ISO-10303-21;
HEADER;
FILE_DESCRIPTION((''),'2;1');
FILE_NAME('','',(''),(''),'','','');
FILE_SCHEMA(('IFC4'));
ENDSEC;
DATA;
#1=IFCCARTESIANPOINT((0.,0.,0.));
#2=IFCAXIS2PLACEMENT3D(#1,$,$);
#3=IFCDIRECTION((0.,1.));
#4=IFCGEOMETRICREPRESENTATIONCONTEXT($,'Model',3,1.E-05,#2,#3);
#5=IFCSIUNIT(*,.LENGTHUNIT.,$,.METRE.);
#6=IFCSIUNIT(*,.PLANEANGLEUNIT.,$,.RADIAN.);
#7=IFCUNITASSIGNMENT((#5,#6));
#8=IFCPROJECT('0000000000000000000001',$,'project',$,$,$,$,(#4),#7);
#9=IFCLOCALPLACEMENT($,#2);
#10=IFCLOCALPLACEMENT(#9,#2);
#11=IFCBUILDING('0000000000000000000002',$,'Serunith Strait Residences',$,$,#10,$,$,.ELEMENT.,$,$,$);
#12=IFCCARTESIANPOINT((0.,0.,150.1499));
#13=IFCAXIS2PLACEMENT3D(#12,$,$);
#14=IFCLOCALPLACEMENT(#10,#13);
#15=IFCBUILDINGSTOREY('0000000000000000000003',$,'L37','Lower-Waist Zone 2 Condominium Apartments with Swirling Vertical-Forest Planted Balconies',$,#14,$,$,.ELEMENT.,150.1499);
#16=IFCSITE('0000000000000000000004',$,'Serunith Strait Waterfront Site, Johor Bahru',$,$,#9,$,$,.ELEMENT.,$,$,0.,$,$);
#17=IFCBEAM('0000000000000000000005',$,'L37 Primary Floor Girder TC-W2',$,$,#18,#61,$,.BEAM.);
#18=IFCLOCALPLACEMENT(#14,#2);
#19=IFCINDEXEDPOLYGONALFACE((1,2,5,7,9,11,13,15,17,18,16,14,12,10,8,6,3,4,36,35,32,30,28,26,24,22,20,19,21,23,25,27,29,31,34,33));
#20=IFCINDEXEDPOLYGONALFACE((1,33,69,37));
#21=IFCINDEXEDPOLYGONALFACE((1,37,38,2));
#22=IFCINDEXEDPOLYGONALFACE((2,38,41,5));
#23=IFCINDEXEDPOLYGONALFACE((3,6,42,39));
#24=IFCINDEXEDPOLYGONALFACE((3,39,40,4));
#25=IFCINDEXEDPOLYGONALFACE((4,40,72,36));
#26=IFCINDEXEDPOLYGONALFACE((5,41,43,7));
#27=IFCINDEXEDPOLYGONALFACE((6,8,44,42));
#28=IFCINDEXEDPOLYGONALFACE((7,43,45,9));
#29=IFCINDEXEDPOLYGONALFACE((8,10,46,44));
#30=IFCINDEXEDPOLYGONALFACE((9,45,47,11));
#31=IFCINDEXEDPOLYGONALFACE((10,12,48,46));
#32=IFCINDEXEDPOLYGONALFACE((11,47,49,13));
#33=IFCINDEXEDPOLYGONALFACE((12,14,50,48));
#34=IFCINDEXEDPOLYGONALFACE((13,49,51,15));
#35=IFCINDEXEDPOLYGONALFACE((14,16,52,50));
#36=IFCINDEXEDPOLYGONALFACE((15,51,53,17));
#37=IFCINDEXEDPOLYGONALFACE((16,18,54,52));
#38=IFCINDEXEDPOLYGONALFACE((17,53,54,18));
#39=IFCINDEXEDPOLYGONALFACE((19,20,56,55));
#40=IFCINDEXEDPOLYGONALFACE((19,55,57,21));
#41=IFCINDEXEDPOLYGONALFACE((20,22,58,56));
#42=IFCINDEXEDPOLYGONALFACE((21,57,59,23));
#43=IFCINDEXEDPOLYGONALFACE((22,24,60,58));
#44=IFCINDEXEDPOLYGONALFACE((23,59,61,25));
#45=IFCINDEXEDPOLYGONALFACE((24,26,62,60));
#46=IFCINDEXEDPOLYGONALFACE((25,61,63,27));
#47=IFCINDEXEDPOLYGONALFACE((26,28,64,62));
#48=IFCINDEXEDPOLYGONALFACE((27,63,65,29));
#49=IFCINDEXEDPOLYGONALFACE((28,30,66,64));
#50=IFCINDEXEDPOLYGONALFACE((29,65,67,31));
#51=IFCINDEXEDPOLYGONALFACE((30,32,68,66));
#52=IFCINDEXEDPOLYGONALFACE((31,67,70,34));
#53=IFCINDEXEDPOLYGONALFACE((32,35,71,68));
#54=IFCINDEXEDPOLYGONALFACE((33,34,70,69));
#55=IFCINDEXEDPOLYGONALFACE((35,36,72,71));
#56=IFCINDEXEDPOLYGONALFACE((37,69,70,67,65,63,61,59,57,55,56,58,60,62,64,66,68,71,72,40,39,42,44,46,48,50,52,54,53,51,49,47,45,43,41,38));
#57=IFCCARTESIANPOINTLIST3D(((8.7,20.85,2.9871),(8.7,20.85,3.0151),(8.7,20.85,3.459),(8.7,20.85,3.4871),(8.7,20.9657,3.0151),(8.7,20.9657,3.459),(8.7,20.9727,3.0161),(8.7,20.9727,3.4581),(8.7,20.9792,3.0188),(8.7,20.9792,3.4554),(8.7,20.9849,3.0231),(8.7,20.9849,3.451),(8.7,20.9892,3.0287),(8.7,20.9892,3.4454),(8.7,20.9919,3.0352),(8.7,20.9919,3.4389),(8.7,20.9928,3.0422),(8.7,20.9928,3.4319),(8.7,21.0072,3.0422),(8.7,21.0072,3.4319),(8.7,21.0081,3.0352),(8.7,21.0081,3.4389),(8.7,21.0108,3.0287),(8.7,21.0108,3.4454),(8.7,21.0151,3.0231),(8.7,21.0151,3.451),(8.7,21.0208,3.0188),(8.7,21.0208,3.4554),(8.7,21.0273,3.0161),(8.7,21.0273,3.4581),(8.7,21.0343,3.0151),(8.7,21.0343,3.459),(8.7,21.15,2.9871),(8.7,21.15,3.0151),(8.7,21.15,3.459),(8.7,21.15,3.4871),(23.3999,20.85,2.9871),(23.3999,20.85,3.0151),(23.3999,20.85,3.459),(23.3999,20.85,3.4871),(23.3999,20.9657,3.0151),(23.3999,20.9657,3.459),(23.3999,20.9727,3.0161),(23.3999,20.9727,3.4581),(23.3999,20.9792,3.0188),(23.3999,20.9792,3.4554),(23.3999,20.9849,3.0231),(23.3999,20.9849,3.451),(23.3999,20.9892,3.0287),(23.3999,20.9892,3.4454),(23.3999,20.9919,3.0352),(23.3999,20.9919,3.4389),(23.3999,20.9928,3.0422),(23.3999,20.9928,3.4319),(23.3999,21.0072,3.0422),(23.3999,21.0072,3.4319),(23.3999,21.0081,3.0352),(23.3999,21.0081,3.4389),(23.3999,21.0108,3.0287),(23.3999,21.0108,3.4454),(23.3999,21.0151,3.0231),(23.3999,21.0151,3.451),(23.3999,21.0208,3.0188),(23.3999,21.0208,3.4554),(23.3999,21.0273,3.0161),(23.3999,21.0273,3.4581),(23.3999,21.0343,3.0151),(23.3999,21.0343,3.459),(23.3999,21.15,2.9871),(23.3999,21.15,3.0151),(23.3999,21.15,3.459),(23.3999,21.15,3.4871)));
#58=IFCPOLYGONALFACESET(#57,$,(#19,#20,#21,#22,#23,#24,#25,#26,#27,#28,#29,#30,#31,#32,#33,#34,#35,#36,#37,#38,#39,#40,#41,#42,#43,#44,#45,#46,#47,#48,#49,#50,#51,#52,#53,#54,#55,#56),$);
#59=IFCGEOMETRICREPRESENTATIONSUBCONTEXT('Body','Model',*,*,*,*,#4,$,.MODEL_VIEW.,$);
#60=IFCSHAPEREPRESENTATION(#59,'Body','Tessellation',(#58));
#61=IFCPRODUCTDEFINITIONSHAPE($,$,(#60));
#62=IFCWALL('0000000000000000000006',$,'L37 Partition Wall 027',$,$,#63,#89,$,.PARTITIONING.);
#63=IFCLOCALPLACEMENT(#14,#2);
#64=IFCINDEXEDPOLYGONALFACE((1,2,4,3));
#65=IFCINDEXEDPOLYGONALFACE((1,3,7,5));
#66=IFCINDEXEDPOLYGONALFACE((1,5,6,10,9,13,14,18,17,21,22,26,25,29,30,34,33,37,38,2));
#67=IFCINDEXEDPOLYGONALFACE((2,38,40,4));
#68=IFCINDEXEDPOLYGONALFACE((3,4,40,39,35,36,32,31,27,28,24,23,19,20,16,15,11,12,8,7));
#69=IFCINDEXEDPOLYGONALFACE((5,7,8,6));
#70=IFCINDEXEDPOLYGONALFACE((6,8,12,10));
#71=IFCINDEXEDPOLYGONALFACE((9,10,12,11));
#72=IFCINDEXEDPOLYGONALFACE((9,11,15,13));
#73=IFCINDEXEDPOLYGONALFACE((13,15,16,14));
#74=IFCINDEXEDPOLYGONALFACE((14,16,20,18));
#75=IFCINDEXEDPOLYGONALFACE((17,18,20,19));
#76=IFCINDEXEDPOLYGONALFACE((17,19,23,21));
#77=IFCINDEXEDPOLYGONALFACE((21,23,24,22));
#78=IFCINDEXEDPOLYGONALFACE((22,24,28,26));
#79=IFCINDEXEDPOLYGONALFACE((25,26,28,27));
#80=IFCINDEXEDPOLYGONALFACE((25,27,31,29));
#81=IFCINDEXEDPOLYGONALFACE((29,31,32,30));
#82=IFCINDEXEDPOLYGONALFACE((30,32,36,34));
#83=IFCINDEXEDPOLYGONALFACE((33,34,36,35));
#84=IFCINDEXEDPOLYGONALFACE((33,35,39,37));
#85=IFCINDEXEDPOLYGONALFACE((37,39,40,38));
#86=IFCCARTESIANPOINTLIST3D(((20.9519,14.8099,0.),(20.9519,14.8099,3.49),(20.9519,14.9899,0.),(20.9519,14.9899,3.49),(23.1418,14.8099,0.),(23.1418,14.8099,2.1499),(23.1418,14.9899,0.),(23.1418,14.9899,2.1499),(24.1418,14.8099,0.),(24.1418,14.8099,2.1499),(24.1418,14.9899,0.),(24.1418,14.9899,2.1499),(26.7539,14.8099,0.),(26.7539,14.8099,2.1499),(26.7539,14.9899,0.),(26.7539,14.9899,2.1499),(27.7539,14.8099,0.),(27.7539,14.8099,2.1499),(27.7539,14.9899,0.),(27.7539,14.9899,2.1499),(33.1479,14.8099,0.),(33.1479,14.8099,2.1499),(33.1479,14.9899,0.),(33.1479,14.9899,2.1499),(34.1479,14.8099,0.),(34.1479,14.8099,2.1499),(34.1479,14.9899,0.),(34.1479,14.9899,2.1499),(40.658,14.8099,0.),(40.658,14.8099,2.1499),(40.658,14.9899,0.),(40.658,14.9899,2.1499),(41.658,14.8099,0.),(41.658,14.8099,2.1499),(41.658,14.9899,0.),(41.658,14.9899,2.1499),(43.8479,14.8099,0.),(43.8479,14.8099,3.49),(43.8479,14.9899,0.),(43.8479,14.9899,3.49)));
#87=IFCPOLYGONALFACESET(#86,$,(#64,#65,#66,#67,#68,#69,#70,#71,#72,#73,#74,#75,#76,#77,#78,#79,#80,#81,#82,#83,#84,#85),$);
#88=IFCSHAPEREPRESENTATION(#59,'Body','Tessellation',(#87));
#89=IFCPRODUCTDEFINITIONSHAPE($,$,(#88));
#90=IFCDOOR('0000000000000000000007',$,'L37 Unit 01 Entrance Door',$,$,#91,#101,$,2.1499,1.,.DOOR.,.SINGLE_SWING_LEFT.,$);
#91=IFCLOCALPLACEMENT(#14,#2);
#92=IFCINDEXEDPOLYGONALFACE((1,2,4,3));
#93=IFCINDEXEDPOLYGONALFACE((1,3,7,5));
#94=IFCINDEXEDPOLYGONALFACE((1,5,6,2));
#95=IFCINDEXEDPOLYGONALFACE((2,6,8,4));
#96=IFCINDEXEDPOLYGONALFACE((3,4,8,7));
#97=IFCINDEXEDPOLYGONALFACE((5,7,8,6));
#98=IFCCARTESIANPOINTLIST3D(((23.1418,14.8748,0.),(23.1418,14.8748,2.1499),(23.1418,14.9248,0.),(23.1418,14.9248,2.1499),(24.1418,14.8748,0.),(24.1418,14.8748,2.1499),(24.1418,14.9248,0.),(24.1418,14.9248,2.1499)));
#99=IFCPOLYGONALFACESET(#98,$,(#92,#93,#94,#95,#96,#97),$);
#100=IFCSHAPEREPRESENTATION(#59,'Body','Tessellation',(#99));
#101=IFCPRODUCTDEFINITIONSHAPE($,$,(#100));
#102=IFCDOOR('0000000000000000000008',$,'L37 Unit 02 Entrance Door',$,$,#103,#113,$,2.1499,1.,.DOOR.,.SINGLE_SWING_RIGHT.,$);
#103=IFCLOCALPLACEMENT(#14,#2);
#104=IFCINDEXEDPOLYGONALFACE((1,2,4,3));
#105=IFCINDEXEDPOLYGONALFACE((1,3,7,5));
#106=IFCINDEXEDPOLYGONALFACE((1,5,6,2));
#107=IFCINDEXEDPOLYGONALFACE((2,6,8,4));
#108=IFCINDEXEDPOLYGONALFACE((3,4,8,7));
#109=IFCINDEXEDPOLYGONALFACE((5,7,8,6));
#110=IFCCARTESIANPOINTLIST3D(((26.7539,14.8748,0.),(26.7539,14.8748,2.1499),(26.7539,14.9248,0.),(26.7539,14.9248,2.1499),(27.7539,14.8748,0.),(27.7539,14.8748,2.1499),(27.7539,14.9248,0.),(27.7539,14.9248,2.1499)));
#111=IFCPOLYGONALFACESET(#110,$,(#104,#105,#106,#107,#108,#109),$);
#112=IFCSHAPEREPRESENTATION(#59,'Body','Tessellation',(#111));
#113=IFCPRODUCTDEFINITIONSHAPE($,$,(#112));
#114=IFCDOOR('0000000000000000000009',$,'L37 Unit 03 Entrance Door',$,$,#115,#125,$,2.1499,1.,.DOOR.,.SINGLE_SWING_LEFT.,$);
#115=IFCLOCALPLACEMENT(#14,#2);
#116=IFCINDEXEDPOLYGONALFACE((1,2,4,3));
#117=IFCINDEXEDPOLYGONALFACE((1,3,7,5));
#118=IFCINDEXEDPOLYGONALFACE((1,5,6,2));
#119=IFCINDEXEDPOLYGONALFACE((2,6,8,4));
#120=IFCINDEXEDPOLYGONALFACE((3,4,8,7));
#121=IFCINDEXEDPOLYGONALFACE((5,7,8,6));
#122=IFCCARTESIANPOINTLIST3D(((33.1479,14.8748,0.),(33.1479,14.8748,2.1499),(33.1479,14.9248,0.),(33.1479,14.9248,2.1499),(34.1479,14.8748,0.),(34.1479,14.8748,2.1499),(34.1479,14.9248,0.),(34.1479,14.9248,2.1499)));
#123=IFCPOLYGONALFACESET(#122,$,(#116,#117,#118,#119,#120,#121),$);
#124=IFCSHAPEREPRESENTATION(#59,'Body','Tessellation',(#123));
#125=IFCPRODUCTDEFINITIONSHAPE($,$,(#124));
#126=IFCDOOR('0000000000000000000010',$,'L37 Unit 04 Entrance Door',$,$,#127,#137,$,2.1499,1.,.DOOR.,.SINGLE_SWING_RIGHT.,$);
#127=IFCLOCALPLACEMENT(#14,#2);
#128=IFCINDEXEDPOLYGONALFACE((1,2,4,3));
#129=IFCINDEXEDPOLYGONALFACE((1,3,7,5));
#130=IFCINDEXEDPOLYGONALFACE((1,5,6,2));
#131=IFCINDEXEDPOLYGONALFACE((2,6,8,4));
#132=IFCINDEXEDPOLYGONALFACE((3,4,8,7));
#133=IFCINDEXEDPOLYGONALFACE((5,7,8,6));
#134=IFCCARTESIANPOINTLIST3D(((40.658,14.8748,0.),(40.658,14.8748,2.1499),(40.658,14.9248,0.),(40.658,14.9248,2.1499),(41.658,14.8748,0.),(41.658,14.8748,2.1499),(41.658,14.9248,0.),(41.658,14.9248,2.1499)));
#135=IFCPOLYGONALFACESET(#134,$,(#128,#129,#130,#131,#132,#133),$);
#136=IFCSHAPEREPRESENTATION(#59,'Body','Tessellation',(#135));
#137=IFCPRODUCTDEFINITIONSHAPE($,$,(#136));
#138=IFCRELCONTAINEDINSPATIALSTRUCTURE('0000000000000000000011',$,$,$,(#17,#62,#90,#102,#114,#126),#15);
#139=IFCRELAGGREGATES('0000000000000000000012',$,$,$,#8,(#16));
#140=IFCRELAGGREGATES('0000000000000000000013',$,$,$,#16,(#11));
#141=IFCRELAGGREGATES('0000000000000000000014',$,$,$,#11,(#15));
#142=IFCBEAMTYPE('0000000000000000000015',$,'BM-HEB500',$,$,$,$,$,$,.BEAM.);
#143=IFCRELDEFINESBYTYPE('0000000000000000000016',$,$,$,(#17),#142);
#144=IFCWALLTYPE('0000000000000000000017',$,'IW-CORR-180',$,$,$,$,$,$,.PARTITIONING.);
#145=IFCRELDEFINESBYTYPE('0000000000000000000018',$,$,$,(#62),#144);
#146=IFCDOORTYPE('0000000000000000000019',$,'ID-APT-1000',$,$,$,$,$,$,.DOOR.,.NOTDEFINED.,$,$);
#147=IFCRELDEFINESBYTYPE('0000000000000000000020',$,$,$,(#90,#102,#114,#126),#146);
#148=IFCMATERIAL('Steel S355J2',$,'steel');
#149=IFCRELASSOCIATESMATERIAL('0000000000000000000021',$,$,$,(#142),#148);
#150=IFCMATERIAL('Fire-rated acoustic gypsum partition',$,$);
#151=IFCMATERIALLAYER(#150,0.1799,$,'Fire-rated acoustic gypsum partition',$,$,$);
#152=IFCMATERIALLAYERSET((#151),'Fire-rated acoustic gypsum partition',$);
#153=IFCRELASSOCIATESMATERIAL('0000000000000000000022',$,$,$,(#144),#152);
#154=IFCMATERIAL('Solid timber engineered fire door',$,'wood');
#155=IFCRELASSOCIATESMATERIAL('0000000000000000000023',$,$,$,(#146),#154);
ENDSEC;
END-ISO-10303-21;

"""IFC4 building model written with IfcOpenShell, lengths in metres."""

from ifc_helpers import new_model, si_unit, direction, frame, frame_2d, origin, origin_2d, place, context, subcontext, project, spatial, rectangle, i_section, extrude, source, transform, mapped, material, layer, layer_set, material_profile, profile_set, type_object, element, fill, save


model = new_model("IFC4")

# Units and contexts
model_context = context("Model", 3, precision=1e-05, world=origin(), true_north=direction((0.0, 1.0)))
body_context = subcontext(model_context, "Body", "Model", "MODEL_VIEW")
ifc_project = project(units=[si_unit("LENGTHUNIT", "METRE"), si_unit("PLANEANGLEUNIT", "RADIAN")], contexts=[model_context])

# Site, building, storey
site_placement = place(None, origin())
site = spatial("IfcSite", under=ifc_project, at=site_placement, Name="Serunith Strait Waterfront Site, Johor Bahru", CompositionType="ELEMENT", RefElevation=0.0)
building_placement = place(site_placement, origin())
building = spatial("IfcBuilding", under=site, at=building_placement, Name="Serunith Strait Residences", CompositionType="ELEMENT")
storey_placement = place(building_placement, frame((0.0, 0.0, 150.1499)))
storey = spatial("IfcBuildingStorey", under=building, at=storey_placement, Name="L37", Description="Lower-Waist Zone 2 Condominium Apartments with Swirling Vertical-Forest Planted Balconies", CompositionType="ELEMENT", Elevation=150.1499)

# Beam
ifc_material_1 = material(Name="Steel S355J2", Category="steel")
ifc_material_profile = material_profile(ifc_material_1, i_section(OverallWidth=0.3, OverallDepth=0.5, WebThickness=0.0144, FlangeThickness=0.0281, FilletRadius=0.0271, at=origin_2d()), Name="HEB 500")
ifc_profile_set = profile_set([ifc_material_profile], Name="Steel S355J2")
beam_type = type_object("IfcBeamType", Name="BM-HEB500", PredefinedType="BEAM", material=ifc_profile_set)
shared_shape_1 = source(origin(), body_context, "Body", "SweptSolid", [
    extrude(i_section(OverallWidth=0.3, OverallDepth=0.5, WebThickness=0.0144, FlangeThickness=0.0281, FilletRadius=0.0271, at=origin_2d()), origin(), (0.0, 0.0, 1.0), 14.7),
])
beam_placement = place(storey_placement, frame((23.3999, 21.0, 3.2371), z_axis=(-1.0, 0.0, 0.0), x_axis=(0.0, -1.0, 0.0)))
element("IfcBeam", 1, at=beam_placement, inside=storey, type_object=beam_type, Name="L37 Primary Floor Girder TC-W2", PredefinedType="BEAM", context=body_context, shape_type="MappedRepresentation", body=[
    mapped(shared_shape_1, transform((0.0, 0.0, 0.0), scale=1.0)),
])

# Wall, openings, doors
ifc_material_2 = material(Name="Fire-rated acoustic gypsum partition")
ifc_layer_1 = layer(ifc_material_2, 0.1799, Name="Fire-rated acoustic gypsum partition")
ifc_layer_set_1 = layer_set([ifc_layer_1], Name="Fire-rated acoustic gypsum partition")
wall_type_1 = type_object("IfcWallType", Name="IW-CORR-180", PredefinedType="PARTITIONING", material=ifc_layer_set_1)
wall_1_placement = place(storey_placement, frame((20.9519, 14.8999, 0.0), z_axis=(0.0, 0.0, 1.0), x_axis=(1.0, 0.0, 0.0)))
wall_1 = element("IfcWall", 2, at=wall_1_placement, inside=storey, type_object=wall_type_1, Name="L37 Partition Wall 027", PredefinedType="PARTITIONING", context=body_context, shape_type="SweptSolid", body=[
    extrude(rectangle(XDim=22.896, YDim=0.1799, at=frame_2d((11.448, 0.0))), origin(), (0.0, 0.0, 1.0), 3.49),
])
opening_1_placement = place(wall_1_placement, frame((2.1899, 0.0, 0.0)))
opening_1 = element("IfcOpeningElement", 3, at=opening_1_placement, cuts=wall_1, PredefinedType="OPENING", context=body_context, shape_type="SweptSolid", body=[
    extrude(rectangle(XDim=1.0, YDim=2.1499, at=frame_2d((0.5, 1.075))), frame((0.0, 0.1001, 0.0), z_axis=(0.0, -1.0, 0.0), x_axis=(1.0, 0.0, 0.0)), (0.0, 0.0, 1.0), 0.2),
])
opening_2_placement = place(wall_1_placement, frame((5.802, 0.0, 0.0)))
opening_2 = element("IfcOpeningElement", 4, at=opening_2_placement, cuts=wall_1, PredefinedType="OPENING", context=body_context, shape_type="SweptSolid", body=[
    extrude(rectangle(XDim=1.0, YDim=2.1499, at=frame_2d((0.5, 1.075))), frame((0.0, 0.1001, 0.0), z_axis=(0.0, -1.0, 0.0), x_axis=(1.0, 0.0, 0.0)), (0.0, 0.0, 1.0), 0.2),
])
opening_3_placement = place(wall_1_placement, frame((12.196, 0.0, 0.0)))
opening_3 = element("IfcOpeningElement", 5, at=opening_3_placement, cuts=wall_1, PredefinedType="OPENING", context=body_context, shape_type="SweptSolid", body=[
    extrude(rectangle(XDim=1.0, YDim=2.1499, at=frame_2d((0.5, 1.075))), frame((0.0, 0.1001, 0.0), z_axis=(0.0, -1.0, 0.0), x_axis=(1.0, 0.0, 0.0)), (0.0, 0.0, 1.0), 0.2),
])
opening_4_placement = place(wall_1_placement, frame((19.7061, 0.0, 0.0)))
opening_4 = element("IfcOpeningElement", 6, at=opening_4_placement, cuts=wall_1, PredefinedType="OPENING", context=body_context, shape_type="SweptSolid", body=[
    extrude(rectangle(XDim=1.0, YDim=2.1499, at=frame_2d((0.5, 1.075))), frame((0.0, 0.1001, 0.0), z_axis=(0.0, -1.0, 0.0), x_axis=(1.0, 0.0, 0.0)), (0.0, 0.0, 1.0), 0.2),
])
ifc_material_3 = material(Name="Solid timber engineered fire door", Category="wood")
door_type_1 = type_object("IfcDoorType", Name="ID-APT-1000", OperationType="NOTDEFINED", PredefinedType="DOOR", material=ifc_material_3)
shared_shape_2 = source(origin(), body_context, "Body", "SweptSolid", [
    extrude(rectangle(XDim=1.0, YDim=2.1499, at=frame_2d((0.5, 1.075))), frame((0.0, 0.0249, 0.0), z_axis=(0.0, -1.0, 0.0), x_axis=(1.0, 0.0, 0.0)), (0.0, 0.0, 1.0), 0.05),
])
door_1_placement = place(opening_1_placement, origin())
door_1 = element("IfcDoor", 7, at=door_1_placement, inside=storey, type_object=door_type_1, Name="L37 Unit 01 Entrance Door", OperationType="SINGLE_SWING_LEFT", OverallHeight=2.1499, OverallWidth=1.0, PredefinedType="DOOR", context=body_context, shape_type="MappedRepresentation", body=[
    mapped(shared_shape_2, transform((0.0, 0.0, 0.0), scale=1.0)),
])
fill(opening_1, door_1)
door_2_placement = place(opening_2_placement, origin())
door_2 = element("IfcDoor", 8, at=door_2_placement, inside=storey, type_object=door_type_1, Name="L37 Unit 02 Entrance Door", OperationType="SINGLE_SWING_RIGHT", OverallHeight=2.1499, OverallWidth=1.0, PredefinedType="DOOR", context=body_context, shape_type="MappedRepresentation", body=[
    mapped(shared_shape_2, transform((0.0, 0.0, 0.0), scale=1.0)),
])
fill(opening_2, door_2)
door_3_placement = place(opening_3_placement, origin())
door_3 = element("IfcDoor", 9, at=door_3_placement, inside=storey, type_object=door_type_1, Name="L37 Unit 03 Entrance Door", OperationType="SINGLE_SWING_LEFT", OverallHeight=2.1499, OverallWidth=1.0, PredefinedType="DOOR", context=body_context, shape_type="MappedRepresentation", body=[
    mapped(shared_shape_2, transform((0.0, 0.0, 0.0), scale=1.0)),
])
fill(opening_3, door_3)
door_4_placement = place(opening_4_placement, origin())
door_4 = element("IfcDoor", 10, at=door_4_placement, inside=storey, type_object=door_type_1, Name="L37 Unit 04 Entrance Door", OperationType="SINGLE_SWING_RIGHT", OverallHeight=2.1499, OverallWidth=1.0, PredefinedType="DOOR", context=body_context, shape_type="MappedRepresentation", body=[
    mapped(shared_shape_2, transform((0.0, 0.0, 0.0), scale=1.0)),
])
fill(opening_4, door_4)

save(model, "model.ifc")
